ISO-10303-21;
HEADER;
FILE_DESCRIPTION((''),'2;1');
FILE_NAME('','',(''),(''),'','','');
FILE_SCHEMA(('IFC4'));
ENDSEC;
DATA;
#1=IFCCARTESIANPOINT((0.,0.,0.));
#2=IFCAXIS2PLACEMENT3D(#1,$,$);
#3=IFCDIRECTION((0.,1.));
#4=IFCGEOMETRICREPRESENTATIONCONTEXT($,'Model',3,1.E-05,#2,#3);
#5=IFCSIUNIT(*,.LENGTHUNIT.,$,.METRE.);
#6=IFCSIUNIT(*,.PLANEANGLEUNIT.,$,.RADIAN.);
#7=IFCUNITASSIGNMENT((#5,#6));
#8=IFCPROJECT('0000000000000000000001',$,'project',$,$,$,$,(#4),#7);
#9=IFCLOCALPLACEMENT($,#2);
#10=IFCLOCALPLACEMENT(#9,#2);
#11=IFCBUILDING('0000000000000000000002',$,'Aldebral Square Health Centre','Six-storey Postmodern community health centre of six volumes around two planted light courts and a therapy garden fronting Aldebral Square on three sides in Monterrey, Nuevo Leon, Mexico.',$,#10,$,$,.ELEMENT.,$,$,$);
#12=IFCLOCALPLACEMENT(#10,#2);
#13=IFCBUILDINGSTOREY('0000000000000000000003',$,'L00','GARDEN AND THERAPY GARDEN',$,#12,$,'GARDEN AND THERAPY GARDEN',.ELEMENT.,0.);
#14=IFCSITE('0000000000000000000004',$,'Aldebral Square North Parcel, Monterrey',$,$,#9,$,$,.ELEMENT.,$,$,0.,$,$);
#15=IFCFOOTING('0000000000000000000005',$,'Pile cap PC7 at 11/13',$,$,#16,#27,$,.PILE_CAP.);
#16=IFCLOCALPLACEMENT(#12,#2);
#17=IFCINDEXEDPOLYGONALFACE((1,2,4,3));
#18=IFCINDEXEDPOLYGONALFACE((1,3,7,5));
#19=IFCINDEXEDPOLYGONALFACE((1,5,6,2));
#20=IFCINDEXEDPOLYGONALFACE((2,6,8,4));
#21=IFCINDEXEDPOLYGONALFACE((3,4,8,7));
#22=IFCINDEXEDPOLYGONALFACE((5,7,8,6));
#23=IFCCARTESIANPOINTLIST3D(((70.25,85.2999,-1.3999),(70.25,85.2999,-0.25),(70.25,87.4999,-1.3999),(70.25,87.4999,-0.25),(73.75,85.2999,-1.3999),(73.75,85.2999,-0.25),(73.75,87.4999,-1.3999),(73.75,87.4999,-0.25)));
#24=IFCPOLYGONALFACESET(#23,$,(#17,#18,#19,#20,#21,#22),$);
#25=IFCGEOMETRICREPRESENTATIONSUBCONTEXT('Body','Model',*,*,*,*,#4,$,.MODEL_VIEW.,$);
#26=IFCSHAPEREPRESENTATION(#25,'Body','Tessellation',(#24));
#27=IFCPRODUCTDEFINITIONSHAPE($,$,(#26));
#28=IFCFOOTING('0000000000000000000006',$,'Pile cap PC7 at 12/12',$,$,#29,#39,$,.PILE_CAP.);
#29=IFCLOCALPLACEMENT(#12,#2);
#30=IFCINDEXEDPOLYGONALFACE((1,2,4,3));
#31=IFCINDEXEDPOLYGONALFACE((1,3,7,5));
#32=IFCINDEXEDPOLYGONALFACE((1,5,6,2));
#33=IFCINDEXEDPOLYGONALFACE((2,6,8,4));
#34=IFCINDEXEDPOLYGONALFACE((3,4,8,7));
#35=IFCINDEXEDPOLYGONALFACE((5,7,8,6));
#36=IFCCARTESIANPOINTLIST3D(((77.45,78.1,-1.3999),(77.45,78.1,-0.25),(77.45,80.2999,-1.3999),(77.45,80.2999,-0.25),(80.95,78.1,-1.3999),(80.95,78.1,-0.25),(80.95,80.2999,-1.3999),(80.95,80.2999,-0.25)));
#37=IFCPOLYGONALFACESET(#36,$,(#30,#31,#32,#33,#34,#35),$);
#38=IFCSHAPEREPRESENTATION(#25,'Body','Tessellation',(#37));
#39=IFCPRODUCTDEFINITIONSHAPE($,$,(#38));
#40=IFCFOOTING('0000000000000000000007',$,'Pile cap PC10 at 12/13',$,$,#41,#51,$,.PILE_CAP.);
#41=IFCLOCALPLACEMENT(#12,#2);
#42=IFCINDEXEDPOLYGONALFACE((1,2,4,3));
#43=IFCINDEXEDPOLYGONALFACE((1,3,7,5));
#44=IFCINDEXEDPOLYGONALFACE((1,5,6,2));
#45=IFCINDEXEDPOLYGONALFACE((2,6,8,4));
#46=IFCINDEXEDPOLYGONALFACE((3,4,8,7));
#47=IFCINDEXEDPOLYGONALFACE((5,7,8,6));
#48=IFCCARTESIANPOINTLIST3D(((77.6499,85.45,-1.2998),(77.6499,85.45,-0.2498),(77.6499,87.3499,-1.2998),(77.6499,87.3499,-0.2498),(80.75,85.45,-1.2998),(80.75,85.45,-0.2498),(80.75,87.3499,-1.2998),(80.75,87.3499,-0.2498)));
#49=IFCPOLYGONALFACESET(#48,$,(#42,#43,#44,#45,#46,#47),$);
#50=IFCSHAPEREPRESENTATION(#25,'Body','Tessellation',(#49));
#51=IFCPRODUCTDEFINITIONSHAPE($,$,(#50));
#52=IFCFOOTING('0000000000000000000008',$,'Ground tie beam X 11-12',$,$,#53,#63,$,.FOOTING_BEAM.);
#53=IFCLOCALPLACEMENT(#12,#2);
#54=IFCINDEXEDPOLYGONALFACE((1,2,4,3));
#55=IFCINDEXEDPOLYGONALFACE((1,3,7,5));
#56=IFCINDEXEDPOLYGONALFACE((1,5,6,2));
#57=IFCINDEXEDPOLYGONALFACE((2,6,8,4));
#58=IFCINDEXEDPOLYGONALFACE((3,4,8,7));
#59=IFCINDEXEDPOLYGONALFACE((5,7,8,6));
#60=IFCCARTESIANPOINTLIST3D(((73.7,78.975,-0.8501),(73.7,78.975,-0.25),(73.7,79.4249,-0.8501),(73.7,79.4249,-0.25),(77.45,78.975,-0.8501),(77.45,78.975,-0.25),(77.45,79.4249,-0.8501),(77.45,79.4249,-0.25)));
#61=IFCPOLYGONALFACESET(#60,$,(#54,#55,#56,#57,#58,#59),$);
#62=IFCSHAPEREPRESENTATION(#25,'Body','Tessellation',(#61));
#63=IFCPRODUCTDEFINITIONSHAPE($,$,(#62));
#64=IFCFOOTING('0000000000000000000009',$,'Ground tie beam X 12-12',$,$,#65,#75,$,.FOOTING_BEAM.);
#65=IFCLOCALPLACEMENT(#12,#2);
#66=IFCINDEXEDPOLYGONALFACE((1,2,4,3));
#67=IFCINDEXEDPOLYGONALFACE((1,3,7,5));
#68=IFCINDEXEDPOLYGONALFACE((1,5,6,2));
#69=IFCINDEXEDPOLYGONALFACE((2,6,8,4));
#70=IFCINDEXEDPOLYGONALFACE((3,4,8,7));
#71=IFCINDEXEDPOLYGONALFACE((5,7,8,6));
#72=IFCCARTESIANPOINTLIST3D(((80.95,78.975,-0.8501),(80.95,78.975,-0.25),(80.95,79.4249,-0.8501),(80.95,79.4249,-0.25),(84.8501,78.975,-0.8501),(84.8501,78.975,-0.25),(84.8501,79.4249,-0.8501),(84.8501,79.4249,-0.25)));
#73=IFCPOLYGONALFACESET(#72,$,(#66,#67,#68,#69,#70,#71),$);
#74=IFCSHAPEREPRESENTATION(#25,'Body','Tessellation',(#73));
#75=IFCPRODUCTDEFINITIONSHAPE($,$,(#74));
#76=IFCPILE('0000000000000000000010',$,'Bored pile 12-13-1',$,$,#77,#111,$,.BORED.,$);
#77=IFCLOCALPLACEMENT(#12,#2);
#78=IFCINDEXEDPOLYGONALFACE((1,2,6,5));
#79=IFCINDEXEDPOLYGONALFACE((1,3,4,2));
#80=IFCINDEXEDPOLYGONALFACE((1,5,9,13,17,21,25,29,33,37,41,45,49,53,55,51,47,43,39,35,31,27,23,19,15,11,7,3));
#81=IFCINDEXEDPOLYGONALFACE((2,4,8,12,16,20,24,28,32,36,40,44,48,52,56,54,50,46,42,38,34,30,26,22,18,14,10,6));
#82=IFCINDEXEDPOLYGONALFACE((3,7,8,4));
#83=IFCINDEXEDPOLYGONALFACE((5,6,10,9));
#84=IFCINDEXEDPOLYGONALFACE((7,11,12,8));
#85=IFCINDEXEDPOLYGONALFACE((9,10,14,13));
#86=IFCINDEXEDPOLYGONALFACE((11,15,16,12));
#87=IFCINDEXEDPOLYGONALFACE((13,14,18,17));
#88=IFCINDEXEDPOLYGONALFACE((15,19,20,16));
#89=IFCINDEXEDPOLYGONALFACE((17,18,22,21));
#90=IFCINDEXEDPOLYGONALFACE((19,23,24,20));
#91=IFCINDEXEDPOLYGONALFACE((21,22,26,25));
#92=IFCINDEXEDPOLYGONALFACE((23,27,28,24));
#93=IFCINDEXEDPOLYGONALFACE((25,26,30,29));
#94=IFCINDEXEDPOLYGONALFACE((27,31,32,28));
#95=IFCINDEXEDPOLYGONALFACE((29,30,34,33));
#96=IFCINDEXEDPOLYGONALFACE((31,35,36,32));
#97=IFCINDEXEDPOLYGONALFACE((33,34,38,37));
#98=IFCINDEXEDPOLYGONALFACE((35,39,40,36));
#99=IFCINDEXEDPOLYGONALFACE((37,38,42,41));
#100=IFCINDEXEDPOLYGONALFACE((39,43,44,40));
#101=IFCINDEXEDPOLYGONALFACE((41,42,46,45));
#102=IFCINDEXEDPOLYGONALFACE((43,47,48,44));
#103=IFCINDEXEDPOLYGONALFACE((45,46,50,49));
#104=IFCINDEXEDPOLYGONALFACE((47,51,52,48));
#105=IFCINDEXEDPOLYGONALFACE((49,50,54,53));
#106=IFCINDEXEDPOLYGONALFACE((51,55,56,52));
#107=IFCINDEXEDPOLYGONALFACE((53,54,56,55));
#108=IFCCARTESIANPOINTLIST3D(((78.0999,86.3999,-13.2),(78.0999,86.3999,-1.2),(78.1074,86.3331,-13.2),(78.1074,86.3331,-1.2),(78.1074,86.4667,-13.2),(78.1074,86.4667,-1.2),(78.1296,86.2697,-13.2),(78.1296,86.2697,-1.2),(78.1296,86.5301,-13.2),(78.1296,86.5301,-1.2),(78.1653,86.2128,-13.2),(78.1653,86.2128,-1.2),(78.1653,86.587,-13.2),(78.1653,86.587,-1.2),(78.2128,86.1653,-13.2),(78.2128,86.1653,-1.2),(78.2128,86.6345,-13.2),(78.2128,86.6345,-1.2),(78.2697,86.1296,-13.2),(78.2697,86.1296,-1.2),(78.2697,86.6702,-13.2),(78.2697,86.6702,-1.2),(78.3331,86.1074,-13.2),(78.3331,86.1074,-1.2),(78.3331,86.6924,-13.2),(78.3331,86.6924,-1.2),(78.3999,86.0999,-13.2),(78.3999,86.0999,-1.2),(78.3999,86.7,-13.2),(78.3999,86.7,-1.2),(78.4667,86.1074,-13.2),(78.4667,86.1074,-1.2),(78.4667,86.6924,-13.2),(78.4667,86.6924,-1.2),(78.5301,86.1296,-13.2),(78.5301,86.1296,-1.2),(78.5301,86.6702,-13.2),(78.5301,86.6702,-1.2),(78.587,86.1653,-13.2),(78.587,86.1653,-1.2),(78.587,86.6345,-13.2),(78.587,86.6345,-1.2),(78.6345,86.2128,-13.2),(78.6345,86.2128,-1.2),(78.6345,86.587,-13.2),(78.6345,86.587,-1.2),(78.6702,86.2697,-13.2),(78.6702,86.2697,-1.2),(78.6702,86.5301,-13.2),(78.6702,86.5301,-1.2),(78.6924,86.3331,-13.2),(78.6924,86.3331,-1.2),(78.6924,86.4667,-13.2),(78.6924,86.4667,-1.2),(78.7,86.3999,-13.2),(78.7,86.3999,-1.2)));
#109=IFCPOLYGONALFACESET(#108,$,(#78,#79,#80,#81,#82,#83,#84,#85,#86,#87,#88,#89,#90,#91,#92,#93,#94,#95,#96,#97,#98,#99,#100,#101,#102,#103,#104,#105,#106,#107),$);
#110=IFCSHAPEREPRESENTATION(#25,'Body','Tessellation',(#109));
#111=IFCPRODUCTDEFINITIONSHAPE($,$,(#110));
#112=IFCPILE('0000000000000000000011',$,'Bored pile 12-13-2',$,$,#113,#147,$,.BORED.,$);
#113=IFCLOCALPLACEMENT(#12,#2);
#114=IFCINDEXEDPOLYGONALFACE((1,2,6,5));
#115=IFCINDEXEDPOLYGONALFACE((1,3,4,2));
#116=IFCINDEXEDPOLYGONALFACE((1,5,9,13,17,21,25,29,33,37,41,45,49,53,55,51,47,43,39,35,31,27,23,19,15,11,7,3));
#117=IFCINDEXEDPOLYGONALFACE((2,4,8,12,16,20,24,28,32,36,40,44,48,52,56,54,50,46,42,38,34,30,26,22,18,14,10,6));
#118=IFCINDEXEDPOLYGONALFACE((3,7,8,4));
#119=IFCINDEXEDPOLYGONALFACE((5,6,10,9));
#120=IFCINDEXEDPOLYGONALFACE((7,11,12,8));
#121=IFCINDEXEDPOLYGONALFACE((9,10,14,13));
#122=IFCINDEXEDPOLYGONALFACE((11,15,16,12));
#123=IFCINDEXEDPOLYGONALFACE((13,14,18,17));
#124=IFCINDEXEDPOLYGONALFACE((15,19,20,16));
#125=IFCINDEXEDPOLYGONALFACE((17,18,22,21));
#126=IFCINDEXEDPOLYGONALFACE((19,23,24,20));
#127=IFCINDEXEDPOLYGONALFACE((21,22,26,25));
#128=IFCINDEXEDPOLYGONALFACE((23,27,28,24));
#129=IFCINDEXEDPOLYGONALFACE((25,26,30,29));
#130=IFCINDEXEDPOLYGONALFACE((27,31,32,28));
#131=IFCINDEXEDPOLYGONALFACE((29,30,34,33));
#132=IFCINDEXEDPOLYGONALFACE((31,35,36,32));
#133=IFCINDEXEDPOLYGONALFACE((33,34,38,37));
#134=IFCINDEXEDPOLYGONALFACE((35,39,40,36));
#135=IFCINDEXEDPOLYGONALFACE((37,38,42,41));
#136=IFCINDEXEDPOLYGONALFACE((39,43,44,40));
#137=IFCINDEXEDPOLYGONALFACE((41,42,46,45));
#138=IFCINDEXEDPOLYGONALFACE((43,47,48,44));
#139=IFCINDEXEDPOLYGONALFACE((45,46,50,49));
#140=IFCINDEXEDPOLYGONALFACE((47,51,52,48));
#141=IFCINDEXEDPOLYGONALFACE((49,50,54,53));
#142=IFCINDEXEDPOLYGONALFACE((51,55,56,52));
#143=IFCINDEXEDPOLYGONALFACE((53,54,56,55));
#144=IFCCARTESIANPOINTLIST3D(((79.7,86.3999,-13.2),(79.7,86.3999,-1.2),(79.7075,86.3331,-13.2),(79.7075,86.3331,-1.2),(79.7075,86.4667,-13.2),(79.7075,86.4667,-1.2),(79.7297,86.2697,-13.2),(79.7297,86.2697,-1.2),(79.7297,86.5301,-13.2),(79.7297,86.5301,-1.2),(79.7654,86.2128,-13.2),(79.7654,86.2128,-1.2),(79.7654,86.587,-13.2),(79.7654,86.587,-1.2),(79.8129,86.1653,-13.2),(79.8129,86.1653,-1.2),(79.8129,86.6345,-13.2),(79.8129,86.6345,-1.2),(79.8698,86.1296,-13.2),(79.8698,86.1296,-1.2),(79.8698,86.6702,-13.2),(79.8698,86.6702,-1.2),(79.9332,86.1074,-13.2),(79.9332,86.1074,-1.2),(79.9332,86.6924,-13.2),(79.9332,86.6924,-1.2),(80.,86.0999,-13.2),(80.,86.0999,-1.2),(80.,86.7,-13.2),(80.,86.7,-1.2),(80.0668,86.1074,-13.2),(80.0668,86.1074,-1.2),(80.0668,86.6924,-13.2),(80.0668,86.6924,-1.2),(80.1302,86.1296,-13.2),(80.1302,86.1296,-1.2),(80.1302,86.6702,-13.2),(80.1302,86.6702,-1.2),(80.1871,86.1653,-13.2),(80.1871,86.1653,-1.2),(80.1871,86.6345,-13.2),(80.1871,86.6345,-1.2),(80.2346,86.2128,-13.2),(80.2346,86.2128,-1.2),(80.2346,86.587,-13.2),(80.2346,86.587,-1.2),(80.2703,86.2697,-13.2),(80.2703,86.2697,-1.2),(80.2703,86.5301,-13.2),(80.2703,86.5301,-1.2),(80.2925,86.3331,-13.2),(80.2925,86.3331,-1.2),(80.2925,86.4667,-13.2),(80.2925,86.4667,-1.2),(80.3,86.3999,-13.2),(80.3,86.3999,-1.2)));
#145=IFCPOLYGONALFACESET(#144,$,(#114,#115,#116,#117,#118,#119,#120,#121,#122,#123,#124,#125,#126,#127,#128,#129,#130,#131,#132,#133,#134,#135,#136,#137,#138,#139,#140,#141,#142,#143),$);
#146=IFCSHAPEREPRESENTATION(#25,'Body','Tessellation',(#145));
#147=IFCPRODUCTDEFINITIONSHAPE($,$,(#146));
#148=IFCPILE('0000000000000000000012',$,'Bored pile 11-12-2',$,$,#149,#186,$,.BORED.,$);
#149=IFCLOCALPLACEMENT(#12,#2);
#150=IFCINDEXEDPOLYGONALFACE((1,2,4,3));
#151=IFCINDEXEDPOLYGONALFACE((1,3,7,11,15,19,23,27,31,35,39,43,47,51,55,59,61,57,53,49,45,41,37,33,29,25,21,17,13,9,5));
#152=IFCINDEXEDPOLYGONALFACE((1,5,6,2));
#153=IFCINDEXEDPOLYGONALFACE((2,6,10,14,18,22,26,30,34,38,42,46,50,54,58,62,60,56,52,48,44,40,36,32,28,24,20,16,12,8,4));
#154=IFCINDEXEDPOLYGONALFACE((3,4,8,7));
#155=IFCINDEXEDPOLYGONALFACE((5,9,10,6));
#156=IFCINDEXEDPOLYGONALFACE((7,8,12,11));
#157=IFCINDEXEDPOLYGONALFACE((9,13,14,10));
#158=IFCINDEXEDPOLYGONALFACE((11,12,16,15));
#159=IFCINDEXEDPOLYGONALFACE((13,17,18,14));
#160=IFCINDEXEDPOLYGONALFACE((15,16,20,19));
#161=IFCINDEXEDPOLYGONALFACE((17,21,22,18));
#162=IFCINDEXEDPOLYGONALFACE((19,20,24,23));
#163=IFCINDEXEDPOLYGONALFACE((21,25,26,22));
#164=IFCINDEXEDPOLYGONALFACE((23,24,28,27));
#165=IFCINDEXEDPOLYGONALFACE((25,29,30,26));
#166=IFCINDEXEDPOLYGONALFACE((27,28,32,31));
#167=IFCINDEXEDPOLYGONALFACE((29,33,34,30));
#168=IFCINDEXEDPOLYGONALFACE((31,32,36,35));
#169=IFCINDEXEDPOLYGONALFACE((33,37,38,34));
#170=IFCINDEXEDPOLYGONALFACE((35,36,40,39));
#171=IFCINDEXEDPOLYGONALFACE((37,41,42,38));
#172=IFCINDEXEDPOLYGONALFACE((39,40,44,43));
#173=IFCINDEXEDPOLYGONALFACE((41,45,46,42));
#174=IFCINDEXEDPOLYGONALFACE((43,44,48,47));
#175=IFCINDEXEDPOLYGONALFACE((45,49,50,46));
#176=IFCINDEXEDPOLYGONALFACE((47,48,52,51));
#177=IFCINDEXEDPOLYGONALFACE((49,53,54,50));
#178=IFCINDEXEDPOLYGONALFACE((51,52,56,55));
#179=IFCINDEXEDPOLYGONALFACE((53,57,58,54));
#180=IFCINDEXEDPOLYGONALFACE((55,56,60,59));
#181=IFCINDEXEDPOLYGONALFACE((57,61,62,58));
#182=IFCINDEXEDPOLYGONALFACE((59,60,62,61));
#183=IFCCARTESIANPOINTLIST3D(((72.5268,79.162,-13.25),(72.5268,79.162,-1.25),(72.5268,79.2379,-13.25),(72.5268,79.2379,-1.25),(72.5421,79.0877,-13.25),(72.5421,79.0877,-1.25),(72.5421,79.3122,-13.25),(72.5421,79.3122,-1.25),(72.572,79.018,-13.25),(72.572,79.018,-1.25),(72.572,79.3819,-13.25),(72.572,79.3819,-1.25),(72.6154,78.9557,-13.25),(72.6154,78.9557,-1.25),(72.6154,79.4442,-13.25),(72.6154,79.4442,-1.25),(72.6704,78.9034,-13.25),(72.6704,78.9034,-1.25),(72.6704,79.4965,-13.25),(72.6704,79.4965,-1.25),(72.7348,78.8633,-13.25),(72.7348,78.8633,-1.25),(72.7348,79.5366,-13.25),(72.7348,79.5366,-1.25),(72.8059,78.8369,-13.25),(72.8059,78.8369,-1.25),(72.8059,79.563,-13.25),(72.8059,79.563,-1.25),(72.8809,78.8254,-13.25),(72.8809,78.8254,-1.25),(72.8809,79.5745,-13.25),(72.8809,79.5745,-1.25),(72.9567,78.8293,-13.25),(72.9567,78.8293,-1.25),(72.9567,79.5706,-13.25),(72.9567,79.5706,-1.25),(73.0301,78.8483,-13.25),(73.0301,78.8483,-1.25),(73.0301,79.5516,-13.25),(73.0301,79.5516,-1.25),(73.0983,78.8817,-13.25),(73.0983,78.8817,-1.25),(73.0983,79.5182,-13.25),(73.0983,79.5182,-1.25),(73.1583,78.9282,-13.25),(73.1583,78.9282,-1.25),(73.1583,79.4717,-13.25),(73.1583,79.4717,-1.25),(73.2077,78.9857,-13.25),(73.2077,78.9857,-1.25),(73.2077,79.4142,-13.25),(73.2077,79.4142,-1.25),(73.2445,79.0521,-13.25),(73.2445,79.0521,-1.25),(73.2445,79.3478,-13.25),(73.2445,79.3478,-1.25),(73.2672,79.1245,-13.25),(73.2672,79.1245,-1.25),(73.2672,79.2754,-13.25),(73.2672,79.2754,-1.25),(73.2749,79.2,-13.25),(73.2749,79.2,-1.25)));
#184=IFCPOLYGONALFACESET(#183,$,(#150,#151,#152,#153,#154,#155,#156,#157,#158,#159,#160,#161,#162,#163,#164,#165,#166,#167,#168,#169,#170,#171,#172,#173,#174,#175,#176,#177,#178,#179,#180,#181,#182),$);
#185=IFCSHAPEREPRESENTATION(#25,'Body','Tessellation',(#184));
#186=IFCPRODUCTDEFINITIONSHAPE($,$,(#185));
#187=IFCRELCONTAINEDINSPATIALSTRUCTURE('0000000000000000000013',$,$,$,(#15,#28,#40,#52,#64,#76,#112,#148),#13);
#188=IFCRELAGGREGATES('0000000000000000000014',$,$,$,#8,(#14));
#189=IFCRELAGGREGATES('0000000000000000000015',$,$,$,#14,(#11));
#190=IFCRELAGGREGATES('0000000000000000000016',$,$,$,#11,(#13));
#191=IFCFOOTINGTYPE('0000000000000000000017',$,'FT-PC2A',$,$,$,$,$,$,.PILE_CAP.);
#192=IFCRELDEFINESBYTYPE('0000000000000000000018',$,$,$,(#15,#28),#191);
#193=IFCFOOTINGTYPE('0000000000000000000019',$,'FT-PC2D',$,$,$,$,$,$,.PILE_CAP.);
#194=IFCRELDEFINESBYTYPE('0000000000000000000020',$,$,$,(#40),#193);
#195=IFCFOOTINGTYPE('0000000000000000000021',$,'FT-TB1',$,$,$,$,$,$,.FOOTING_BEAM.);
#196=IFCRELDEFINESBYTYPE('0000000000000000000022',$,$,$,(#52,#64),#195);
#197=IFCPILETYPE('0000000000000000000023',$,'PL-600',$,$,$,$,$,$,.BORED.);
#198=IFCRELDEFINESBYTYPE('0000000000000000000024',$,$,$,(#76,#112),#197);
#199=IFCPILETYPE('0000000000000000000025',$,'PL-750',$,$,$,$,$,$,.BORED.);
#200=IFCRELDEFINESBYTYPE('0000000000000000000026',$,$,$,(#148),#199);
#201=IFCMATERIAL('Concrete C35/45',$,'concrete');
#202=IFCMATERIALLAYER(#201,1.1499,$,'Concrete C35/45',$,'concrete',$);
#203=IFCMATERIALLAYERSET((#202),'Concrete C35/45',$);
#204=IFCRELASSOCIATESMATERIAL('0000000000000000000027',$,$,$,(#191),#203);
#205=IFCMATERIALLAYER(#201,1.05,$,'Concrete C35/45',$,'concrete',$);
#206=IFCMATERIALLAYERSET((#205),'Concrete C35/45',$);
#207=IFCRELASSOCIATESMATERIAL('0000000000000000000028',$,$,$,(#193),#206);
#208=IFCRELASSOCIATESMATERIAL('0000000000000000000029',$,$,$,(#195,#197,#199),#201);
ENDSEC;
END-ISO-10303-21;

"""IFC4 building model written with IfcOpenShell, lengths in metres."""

from ifc_helpers import new_model, si_unit, direction, frame, origin, origin_2d, place, context, subcontext, project, spatial, rectangle, circle, extrude, material, layer, layer_set, material_profile, profile_set, type_object, element, save


model = new_model("IFC4")

# Units and contexts
model_context = context("Model", 3, precision=1e-05, world=origin(), true_north=direction((0.0, 1.0)))
body_context = subcontext(model_context, "Body", "Model", "MODEL_VIEW")
ifc_project = project(units=[si_unit("LENGTHUNIT", "METRE"), si_unit("PLANEANGLEUNIT", "RADIAN")], contexts=[model_context])

# Site, building, storey
site_placement = place(None, origin())
site = spatial("IfcSite", under=ifc_project, at=site_placement, Name="Aldebral Square North Parcel, Monterrey", CompositionType="ELEMENT", RefElevation=0.0)
building_placement = place(site_placement, origin())
building = spatial("IfcBuilding", under=site, at=building_placement, Name="Aldebral Square Health Centre", Description="Six-storey Postmodern community health centre of six volumes around two planted light courts and a therapy garden fronting Aldebral Square on three sides in Monterrey, Nuevo Leon, Mexico.", CompositionType="ELEMENT")
storey_placement = place(building_placement, origin())
storey = spatial("IfcBuildingStorey", under=building, at=storey_placement, Name="L00", Description="GARDEN AND THERAPY GARDEN", LongName="GARDEN AND THERAPY GARDEN", CompositionType="ELEMENT", Elevation=0.0)

# Footings
ifc_material_1 = material(Name="Concrete C35/45", Category="concrete")
ifc_layer_1 = layer(ifc_material_1, 1.1499, Name="Concrete C35/45", Category="concrete")
ifc_layer_set_1 = layer_set([ifc_layer_1], Name="Concrete C35/45")
footing_type_1 = type_object("IfcFootingType", Name="FT-PC2A", PredefinedType="PILE_CAP", material=ifc_layer_set_1)
for number, where, z_axis, x_axis, name in (
    (1, (72.0, 86.3999, -1.3999), (0.0, 0.0, 1.0), (1.0, 0.0, 0.0), "Pile cap PC7 at 11/13"),
    (2, (79.2, 79.2, -1.3999), (0.0, 0.0, 1.0), (1.0, 0.0, 0.0), "Pile cap PC7 at 12/12"),
):
    element("IfcFooting", number, at=place(storey_placement, frame(where, z_axis=z_axis, x_axis=x_axis)), inside=storey, type_object=footing_type_1, Name=name, PredefinedType="PILE_CAP", context=body_context, shape_type="SweptSolid", body=[
        extrude(rectangle(XDim=3.5, YDim=2.2, at=origin_2d()), origin(), (0.0, 0.0, 1.0), 1.1499),
    ])
ifc_layer_2 = layer(ifc_material_1, 1.05, Name="Concrete C35/45", Category="concrete")
ifc_layer_set_2 = layer_set([ifc_layer_2], Name="Concrete C35/45")
footing_type_2 = type_object("IfcFootingType", Name="FT-PC2D", PredefinedType="PILE_CAP", material=ifc_layer_set_2)
footing_1_placement = place(storey_placement, frame((79.2, 86.3999, -1.2998), z_axis=(0.0, 0.0, 1.0), x_axis=(1.0, 0.0, 0.0)))
element("IfcFooting", 3, at=footing_1_placement, inside=storey, type_object=footing_type_2, Name="Pile cap PC10 at 12/13", PredefinedType="PILE_CAP", context=body_context, shape_type="SweptSolid", body=[
    extrude(rectangle(XDim=3.1001, YDim=1.8999, at=origin_2d()), origin(), (0.0, 0.0, 1.0), 1.05),
])
ifc_material_profile_1 = material_profile(ifc_material_1, rectangle(XDim=0.45, YDim=0.6001, at=origin_2d()), Name="RC 450x600")
ifc_profile_set_1 = profile_set([ifc_material_profile_1], Name="Concrete C35/45")
footing_type_3 = type_object("IfcFootingType", Name="FT-TB1", PredefinedType="FOOTING_BEAM", material=ifc_profile_set_1)
footing_2_placement = place(storey_placement, frame((73.7, 79.2, -0.55), z_axis=(1.0, 0.0, 0.0), x_axis=(0.0, 1.0, 0.0)))
element("IfcFooting", 4, at=footing_2_placement, inside=storey, type_object=footing_type_3, Name="Ground tie beam X 11-12", PredefinedType="FOOTING_BEAM", context=body_context, shape_type="SweptSolid", body=[
    extrude(rectangle(XDim=0.45, YDim=0.6001, at=origin_2d()), origin(), (0.0, 0.0, 1.0), 3.75),
])
footing_3_placement = place(storey_placement, frame((80.95, 79.2, -0.55), z_axis=(1.0, 0.0, 0.0), x_axis=(0.0, 1.0, 0.0)))
element("IfcFooting", 5, at=footing_3_placement, inside=storey, type_object=footing_type_3, Name="Ground tie beam X 12-12", PredefinedType="FOOTING_BEAM", context=body_context, shape_type="SweptSolid", body=[
    extrude(rectangle(XDim=0.45, YDim=0.6001, at=origin_2d()), origin(), (0.0, 0.0, 1.0), 3.9001),
])

# Piles
ifc_material_profile_2 = material_profile(ifc_material_1, circle(Radius=0.3, at=origin_2d()), Name="PILE D600")
ifc_profile_set_2 = profile_set([ifc_material_profile_2], Name="Concrete C35/45")
pile_type_1 = type_object("IfcPileType", Name="PL-600", PredefinedType="BORED", material=ifc_profile_set_2)
for number, where, z_axis, x_axis, name in (
    (6, (78.3999, 86.3999, -1.2), (0.0, 0.0, -1.0), (1.0, 0.0, 0.0), "Bored pile 12-13-1"),
    (7, (80.0, 86.3999, -1.2), (0.0, 0.0, -1.0), (1.0, 0.0, 0.0), "Bored pile 12-13-2"),
):
    element("IfcPile", number, at=place(storey_placement, frame(where, z_axis=z_axis, x_axis=x_axis)), inside=storey, type_object=pile_type_1, Name=name, PredefinedType="BORED", context=body_context, shape_type="SweptSolid", body=[
        extrude(circle(Radius=0.3, at=origin_2d()), origin(), (0.0, 0.0, 1.0), 12.0),
    ])
ifc_material_profile_3 = material_profile(ifc_material_1, circle(Radius=0.375, at=origin_2d()), Name="PILE D750")
ifc_profile_set_3 = profile_set([ifc_material_profile_3], Name="Concrete C35/45")
pile_type_2 = type_object("IfcPileType", Name="PL-750", PredefinedType="BORED", material=ifc_profile_set_3)
for number, where, z_axis, x_axis, name in (
    (8, (72.8999, 79.2, -1.25), (0.0, 0.0, -1.0), (1.0, 0.0, 0.0), "Bored pile 11-12-2"),
):
    element("IfcPile", number, at=place(storey_placement, frame(where, z_axis=z_axis, x_axis=x_axis)), inside=storey, type_object=pile_type_2, Name=name, PredefinedType="BORED", context=body_context, shape_type="SweptSolid", body=[
        extrude(circle(Radius=0.375, at=origin_2d()), origin(), (0.0, 0.0, 1.0), 12.0),
    ])

save(model, "model.ifc")
